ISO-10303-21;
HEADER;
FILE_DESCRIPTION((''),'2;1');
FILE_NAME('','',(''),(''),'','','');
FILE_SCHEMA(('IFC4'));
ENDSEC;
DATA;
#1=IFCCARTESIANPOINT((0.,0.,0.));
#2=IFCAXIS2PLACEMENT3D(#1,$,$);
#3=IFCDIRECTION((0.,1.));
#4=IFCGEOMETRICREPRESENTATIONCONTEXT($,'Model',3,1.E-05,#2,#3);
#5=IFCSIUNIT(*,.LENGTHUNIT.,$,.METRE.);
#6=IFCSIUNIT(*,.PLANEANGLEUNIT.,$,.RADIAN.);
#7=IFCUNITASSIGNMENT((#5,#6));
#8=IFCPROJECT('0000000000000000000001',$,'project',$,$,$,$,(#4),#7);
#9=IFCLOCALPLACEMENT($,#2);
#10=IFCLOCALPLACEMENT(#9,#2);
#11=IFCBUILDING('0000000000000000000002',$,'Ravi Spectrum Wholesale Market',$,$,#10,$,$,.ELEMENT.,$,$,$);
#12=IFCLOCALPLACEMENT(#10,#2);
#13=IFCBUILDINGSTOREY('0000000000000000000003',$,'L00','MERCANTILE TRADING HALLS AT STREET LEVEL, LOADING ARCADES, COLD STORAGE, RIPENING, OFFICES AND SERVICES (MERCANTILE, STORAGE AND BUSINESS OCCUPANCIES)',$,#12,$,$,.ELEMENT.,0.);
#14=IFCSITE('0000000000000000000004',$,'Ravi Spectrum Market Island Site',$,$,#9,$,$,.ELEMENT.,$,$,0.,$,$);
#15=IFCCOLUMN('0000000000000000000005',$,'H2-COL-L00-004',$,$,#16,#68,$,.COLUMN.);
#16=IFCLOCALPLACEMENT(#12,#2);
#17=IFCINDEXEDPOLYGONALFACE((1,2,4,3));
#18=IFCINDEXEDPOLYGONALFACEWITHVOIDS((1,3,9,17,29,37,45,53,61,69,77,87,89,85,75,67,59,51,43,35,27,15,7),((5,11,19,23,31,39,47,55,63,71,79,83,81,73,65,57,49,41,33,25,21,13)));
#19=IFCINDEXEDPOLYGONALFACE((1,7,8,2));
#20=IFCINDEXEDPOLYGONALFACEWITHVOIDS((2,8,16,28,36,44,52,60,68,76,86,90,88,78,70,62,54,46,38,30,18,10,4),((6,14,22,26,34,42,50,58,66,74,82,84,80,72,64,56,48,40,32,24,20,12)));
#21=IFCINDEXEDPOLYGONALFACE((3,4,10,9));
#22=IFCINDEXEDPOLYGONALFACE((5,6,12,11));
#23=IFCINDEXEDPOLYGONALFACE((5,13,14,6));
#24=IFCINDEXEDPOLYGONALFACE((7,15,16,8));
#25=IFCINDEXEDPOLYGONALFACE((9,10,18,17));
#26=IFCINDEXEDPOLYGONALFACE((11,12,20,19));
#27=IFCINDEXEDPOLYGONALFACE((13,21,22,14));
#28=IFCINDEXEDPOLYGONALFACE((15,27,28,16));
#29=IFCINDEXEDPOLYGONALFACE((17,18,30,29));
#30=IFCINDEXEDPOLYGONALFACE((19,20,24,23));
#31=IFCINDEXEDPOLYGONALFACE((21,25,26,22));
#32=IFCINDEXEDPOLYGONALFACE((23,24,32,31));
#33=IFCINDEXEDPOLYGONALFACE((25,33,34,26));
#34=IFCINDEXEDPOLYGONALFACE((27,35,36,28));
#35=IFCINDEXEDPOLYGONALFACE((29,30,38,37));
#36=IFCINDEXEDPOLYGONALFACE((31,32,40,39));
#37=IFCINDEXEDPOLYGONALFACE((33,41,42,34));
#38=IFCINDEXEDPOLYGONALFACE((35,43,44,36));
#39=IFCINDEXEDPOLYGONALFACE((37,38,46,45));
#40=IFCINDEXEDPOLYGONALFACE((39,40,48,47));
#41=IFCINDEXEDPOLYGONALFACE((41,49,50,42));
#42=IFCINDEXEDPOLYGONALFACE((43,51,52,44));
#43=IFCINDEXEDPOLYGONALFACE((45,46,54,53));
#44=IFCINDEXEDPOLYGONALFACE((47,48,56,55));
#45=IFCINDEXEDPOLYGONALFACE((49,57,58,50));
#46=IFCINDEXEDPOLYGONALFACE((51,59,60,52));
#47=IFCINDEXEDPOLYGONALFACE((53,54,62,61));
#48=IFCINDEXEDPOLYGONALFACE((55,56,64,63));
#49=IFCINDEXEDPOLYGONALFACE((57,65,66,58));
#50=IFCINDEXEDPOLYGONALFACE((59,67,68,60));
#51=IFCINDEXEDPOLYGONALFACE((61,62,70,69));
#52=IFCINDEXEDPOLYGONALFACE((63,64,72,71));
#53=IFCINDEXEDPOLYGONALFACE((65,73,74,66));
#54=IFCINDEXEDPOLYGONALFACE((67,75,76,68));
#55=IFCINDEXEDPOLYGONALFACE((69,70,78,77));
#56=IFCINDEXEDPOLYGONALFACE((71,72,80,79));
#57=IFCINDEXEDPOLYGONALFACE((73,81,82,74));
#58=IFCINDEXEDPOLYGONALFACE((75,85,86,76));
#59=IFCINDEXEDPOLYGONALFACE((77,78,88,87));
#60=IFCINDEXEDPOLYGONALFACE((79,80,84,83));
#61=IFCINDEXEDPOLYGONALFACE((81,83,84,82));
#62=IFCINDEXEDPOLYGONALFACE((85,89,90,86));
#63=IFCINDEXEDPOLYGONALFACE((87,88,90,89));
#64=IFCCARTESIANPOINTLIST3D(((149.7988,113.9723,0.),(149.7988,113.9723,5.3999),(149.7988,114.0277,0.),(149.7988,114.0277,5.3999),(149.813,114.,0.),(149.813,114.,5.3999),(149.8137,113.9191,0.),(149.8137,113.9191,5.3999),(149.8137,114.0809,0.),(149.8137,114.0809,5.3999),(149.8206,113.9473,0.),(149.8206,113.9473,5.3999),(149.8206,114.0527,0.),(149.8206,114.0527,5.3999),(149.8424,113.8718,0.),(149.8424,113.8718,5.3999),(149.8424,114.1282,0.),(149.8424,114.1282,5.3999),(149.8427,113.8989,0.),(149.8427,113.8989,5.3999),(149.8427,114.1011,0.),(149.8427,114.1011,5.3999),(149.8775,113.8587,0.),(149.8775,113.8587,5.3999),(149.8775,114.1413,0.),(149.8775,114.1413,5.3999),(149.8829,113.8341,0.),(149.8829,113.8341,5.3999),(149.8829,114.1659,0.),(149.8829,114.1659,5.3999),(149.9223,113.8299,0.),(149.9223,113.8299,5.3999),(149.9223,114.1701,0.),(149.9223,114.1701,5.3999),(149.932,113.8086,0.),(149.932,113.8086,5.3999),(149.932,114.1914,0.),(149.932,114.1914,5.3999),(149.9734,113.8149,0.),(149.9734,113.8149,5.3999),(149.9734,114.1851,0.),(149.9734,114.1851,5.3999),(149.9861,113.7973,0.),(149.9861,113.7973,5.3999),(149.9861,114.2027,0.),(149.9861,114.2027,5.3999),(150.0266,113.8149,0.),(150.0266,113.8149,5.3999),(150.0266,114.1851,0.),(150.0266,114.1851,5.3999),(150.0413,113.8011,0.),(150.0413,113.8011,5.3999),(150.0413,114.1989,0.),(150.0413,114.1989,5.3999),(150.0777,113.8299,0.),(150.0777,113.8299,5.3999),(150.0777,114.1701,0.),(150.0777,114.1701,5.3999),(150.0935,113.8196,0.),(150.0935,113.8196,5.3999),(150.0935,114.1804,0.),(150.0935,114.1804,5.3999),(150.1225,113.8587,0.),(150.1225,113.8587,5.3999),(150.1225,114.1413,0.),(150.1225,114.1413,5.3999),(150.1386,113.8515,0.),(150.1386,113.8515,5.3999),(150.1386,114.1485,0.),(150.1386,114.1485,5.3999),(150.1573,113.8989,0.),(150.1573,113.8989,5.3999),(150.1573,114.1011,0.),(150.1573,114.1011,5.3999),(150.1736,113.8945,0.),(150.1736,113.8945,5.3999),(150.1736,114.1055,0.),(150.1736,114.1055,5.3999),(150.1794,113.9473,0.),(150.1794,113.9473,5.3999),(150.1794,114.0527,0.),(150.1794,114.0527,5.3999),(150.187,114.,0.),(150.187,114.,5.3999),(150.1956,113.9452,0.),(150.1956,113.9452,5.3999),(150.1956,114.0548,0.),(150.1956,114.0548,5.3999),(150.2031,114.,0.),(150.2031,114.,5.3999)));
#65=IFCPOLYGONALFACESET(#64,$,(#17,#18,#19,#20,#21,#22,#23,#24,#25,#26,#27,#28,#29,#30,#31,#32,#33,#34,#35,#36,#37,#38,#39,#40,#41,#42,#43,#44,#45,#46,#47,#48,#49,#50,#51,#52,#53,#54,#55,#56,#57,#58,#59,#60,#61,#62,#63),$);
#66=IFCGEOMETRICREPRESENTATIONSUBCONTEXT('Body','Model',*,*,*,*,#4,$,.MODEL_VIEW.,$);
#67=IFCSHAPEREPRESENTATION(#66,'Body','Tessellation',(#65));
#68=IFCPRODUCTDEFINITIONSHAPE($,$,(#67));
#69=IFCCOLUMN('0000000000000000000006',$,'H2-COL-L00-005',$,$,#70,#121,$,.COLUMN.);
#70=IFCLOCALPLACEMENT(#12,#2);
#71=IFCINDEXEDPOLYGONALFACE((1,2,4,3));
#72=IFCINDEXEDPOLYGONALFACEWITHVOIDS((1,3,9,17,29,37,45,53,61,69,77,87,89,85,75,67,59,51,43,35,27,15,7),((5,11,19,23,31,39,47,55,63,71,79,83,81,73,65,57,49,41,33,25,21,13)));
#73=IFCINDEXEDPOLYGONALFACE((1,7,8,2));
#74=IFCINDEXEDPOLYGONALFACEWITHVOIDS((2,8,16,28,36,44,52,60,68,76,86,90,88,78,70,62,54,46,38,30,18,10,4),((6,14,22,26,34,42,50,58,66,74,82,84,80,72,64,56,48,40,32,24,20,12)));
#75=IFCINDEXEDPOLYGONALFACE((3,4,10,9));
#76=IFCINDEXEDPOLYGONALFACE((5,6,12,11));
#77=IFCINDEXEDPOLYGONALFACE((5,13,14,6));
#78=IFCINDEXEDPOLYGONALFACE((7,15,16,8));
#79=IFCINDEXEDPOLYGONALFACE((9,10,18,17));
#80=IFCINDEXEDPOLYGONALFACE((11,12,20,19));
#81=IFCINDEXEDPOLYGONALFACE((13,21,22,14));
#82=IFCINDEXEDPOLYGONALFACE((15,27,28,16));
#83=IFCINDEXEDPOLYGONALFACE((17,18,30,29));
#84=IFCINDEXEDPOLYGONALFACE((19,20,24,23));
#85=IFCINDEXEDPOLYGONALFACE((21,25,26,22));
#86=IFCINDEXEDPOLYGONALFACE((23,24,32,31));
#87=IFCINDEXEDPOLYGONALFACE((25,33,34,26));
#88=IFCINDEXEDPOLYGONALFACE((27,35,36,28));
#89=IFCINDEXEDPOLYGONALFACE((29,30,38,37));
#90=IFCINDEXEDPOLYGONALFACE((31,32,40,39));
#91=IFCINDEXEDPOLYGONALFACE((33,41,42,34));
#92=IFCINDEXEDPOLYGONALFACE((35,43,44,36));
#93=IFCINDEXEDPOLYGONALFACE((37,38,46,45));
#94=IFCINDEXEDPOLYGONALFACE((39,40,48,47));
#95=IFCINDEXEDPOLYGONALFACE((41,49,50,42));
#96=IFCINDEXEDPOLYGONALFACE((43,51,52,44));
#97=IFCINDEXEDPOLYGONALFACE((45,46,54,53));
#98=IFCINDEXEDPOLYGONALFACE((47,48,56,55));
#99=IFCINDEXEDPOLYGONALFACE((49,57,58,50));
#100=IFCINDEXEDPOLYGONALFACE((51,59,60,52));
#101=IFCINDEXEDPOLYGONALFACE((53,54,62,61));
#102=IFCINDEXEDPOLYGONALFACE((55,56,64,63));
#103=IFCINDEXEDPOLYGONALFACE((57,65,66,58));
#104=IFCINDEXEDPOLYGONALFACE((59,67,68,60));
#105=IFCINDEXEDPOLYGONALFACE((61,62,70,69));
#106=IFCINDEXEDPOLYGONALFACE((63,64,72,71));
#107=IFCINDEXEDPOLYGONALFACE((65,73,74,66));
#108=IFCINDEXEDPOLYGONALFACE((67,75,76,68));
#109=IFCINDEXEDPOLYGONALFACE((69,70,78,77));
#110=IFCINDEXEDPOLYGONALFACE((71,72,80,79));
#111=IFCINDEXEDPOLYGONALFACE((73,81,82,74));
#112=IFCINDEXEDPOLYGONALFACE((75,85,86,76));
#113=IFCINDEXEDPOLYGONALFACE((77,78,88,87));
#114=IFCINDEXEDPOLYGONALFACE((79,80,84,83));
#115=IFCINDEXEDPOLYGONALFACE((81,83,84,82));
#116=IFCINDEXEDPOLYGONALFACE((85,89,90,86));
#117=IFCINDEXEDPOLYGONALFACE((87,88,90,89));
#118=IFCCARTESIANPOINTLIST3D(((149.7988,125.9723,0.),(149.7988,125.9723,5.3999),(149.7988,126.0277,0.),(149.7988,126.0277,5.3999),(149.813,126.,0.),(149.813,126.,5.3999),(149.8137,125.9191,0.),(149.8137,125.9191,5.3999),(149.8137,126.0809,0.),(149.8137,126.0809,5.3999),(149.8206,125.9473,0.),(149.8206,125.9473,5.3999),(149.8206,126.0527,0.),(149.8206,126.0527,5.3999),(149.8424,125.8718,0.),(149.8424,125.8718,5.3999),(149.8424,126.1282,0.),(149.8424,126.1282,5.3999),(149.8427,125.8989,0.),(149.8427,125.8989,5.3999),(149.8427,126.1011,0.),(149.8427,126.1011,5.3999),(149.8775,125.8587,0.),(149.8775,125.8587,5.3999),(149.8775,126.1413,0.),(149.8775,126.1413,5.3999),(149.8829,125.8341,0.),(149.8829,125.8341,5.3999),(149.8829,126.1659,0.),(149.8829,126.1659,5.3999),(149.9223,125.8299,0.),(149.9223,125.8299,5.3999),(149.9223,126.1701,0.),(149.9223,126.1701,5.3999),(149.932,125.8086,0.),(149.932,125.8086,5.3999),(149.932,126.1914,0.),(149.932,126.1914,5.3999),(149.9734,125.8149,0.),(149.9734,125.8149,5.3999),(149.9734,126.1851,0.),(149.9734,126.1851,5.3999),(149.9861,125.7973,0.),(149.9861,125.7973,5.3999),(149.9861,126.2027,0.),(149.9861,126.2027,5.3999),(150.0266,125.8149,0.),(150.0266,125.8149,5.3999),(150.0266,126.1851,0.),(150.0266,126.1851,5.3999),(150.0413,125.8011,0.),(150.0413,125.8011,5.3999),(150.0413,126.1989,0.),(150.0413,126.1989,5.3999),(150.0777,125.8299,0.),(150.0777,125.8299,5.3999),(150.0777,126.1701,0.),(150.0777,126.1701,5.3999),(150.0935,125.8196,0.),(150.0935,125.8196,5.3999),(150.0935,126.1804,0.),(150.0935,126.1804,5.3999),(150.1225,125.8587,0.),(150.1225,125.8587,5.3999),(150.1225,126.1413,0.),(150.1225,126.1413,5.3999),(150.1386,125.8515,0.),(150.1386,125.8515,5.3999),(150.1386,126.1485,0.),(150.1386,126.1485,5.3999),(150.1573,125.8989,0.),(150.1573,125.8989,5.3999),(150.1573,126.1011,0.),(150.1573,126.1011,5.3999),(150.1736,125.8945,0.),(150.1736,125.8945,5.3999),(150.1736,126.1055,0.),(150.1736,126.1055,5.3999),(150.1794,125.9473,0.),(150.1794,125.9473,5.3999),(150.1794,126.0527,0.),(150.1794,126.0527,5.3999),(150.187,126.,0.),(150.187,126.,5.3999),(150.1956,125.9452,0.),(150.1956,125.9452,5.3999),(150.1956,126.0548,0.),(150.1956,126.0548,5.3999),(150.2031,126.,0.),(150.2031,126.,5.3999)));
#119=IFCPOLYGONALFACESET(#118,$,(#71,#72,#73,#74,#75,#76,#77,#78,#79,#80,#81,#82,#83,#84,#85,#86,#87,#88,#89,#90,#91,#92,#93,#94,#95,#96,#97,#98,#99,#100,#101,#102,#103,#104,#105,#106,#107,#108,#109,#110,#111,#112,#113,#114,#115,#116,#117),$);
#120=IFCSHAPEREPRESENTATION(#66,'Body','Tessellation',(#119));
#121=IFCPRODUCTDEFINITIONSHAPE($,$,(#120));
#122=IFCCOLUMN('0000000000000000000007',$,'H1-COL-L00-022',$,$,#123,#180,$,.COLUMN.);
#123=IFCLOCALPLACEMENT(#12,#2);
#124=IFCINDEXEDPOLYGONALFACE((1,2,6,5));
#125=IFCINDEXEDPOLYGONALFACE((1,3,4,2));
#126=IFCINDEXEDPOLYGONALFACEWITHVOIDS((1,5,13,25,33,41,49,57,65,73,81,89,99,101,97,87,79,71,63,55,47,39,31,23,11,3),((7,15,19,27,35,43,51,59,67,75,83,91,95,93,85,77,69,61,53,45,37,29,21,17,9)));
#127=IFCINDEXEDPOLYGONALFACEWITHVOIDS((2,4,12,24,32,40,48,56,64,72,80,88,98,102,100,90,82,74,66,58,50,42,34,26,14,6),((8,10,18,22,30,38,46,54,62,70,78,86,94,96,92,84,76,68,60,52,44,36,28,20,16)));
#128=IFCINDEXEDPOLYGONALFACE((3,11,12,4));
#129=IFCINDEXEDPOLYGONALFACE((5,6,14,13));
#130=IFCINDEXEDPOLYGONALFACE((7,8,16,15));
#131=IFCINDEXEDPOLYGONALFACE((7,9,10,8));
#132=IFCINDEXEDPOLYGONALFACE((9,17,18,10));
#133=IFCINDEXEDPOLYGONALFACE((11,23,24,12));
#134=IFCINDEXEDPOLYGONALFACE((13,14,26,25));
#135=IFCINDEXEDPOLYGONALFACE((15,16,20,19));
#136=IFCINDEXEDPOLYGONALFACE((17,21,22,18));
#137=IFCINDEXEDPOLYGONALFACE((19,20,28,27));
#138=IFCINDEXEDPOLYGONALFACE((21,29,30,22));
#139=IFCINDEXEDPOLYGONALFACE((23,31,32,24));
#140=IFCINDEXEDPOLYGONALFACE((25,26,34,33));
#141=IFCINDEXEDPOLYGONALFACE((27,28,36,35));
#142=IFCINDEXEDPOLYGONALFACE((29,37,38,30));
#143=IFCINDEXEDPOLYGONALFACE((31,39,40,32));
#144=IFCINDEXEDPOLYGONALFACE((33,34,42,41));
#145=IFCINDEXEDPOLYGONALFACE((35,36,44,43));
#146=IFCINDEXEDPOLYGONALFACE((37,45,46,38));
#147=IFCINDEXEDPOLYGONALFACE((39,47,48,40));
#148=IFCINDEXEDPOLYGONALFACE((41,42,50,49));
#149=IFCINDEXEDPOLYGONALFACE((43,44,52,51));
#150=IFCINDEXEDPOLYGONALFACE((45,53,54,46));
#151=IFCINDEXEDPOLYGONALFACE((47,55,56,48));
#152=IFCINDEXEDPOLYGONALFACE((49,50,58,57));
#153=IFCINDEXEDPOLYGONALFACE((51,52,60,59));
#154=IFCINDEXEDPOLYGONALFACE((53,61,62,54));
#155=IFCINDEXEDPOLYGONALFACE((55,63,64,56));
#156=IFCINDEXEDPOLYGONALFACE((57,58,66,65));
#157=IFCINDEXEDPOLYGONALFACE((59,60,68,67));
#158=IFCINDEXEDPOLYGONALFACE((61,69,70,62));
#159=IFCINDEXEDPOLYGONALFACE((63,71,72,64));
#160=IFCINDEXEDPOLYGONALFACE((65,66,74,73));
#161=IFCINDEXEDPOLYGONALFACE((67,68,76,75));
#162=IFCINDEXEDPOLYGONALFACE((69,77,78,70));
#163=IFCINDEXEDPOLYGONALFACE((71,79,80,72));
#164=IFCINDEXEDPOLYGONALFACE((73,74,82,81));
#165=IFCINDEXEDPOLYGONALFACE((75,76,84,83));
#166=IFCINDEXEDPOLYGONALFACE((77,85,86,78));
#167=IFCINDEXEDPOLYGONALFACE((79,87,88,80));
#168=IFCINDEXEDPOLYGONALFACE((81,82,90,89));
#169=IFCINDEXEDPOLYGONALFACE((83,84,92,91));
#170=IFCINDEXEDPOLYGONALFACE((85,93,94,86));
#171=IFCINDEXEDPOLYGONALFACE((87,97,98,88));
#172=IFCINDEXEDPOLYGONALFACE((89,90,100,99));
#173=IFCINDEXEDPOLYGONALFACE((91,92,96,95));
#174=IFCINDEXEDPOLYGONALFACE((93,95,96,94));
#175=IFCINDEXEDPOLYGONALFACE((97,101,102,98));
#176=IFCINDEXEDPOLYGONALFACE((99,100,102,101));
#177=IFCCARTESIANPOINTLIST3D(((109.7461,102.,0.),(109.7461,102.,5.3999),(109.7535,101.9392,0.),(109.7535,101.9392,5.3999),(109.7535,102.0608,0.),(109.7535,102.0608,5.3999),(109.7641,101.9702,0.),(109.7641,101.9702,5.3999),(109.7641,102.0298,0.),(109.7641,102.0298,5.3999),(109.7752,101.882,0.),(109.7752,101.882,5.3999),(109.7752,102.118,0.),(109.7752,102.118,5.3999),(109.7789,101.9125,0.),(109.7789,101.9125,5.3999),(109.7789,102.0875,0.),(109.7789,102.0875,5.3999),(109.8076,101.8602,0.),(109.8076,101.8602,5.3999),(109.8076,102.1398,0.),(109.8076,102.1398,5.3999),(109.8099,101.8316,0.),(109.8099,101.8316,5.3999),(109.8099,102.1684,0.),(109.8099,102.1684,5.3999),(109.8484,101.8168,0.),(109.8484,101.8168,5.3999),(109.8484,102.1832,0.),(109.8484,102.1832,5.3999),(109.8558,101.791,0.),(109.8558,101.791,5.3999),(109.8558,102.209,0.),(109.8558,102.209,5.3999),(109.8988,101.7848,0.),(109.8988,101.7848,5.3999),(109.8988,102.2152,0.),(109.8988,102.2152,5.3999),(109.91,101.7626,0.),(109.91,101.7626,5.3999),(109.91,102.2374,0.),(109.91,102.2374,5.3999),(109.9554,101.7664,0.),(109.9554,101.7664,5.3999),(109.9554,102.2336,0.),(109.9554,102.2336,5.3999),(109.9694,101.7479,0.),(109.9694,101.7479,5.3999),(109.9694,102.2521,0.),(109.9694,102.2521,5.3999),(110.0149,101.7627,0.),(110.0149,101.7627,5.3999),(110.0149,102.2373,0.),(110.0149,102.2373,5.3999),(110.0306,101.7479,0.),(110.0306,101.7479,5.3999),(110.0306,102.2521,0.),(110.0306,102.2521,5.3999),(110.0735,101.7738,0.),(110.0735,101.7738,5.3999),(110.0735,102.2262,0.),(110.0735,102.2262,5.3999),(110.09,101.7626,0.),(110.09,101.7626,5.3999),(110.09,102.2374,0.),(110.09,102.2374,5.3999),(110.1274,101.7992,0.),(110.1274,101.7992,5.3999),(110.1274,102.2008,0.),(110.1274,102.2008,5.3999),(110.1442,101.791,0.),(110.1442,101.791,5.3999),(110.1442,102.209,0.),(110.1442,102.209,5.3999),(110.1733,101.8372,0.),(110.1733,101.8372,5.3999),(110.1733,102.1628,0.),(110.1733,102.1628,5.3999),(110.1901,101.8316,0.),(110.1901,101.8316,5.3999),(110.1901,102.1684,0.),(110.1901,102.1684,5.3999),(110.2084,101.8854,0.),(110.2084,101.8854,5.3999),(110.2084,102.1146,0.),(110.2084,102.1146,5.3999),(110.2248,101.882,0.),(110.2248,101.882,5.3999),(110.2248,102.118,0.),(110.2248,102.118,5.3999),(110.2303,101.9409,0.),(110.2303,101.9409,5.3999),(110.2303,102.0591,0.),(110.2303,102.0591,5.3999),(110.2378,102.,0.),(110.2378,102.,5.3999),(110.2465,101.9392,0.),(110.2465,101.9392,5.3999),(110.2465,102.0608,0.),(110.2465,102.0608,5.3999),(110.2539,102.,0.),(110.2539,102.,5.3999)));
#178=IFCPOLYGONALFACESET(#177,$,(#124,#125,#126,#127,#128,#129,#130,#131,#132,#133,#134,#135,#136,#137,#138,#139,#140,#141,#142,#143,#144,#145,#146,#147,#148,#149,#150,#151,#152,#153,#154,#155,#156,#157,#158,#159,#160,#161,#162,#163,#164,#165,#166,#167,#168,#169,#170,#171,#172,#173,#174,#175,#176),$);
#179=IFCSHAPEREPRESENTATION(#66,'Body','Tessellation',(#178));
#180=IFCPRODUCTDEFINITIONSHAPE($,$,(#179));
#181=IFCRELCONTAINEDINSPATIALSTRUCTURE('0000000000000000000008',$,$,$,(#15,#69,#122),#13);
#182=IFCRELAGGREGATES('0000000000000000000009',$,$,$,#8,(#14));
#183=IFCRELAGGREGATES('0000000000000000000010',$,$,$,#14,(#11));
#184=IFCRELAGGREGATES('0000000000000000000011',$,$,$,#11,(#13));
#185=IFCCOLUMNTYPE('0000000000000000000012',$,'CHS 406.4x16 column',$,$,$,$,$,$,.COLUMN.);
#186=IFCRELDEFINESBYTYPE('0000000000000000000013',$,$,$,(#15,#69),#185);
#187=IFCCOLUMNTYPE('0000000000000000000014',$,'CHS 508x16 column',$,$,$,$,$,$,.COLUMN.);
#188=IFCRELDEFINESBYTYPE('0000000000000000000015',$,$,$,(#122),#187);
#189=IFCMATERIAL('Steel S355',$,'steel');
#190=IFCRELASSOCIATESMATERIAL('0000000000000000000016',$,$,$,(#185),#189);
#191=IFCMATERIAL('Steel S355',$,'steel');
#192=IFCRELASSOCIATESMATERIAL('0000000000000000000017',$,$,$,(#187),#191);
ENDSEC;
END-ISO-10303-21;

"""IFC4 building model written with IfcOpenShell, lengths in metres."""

from ifc_helpers import new_model, si_unit, direction, frame, origin, origin_2d, place, context, subcontext, project, spatial, hollow_circle, extrude, material, material_profile, profile_set, type_object, element, save


model = new_model("IFC4")

# Units and contexts
model_context = context("Model", 3, precision=1e-05, world=origin(), true_north=direction((0.0, 1.0)))
body_context = subcontext(model_context, "Body", "Model", "MODEL_VIEW")
ifc_project = project(units=[si_unit("LENGTHUNIT", "METRE"), si_unit("PLANEANGLEUNIT", "RADIAN")], contexts=[model_context])

# Site, building, storey
site_placement = place(None, origin())
site = spatial("IfcSite", under=ifc_project, at=site_placement, Name="Ravi Spectrum Market Island Site", CompositionType="ELEMENT", RefElevation=0.0)
building_placement = place(site_placement, origin())
building = spatial("IfcBuilding", under=site, at=building_placement, Name="Ravi Spectrum Wholesale Market", CompositionType="ELEMENT")
storey_placement = place(building_placement, origin())
storey = spatial("IfcBuildingStorey", under=building, at=storey_placement, Name="L00", Description="MERCANTILE TRADING HALLS AT STREET LEVEL, LOADING ARCADES, COLD STORAGE, RIPENING, OFFICES AND SERVICES (MERCANTILE, STORAGE AND BUSINESS OCCUPANCIES)", CompositionType="ELEMENT", Elevation=0.0)

# Columns
ifc_material_1 = material(Name="Steel S355", Category="steel")
ifc_material_profile_1 = material_profile(ifc_material_1, hollow_circle(Radius=0.2031, WallThickness=0.0161, at=origin_2d()))
ifc_profile_set_1 = profile_set([ifc_material_profile_1], Name="Steel S355")
column_type_1 = type_object("IfcColumnType", Name="CHS 406.4x16 column", PredefinedType="COLUMN", material=ifc_profile_set_1)
for number, where, z_axis, x_axis, name in (
    (1, (150.0, 114.0, 0.0), (0.0, 0.0, 1.0), (1.0, 0.0, 0.0), "H2-COL-L00-004"),
    (2, (150.0, 126.0, 0.0), (0.0, 0.0, 1.0), (1.0, 0.0, 0.0), "H2-COL-L00-005"),
):
    element("IfcColumn", number, at=place(storey_placement, frame(where, z_axis=z_axis, x_axis=x_axis)), inside=storey, type_object=column_type_1, Name=name, PredefinedType="COLUMN", context=body_context, shape_type="SweptSolid", body=[
        extrude(hollow_circle(Radius=0.2031, WallThickness=0.0161, at=origin_2d()), origin(), (0.0, 0.0, 1.0), 5.3999),
    ])
ifc_material_2 = material(Name="Steel S355", Category="steel")
ifc_material_profile_2 = material_profile(ifc_material_2, hollow_circle(Radius=0.2539, WallThickness=0.0161, at=origin_2d()))
ifc_profile_set_2 = profile_set([ifc_material_profile_2], Name="Steel S355")
column_type_2 = type_object("IfcColumnType", Name="CHS 508x16 column", PredefinedType="COLUMN", material=ifc_profile_set_2)
for number, where, z_axis, x_axis, name in (
    (3, (110.0, 102.0, 0.0), (0.0, 0.0, 1.0), (1.0, 0.0, 0.0), "H1-COL-L00-022"),
):
    element("IfcColumn", number, at=place(storey_placement, frame(where, z_axis=z_axis, x_axis=x_axis)), inside=storey, type_object=column_type_2, Name=name, PredefinedType="COLUMN", context=body_context, shape_type="SweptSolid", body=[
        extrude(hollow_circle(Radius=0.2539, WallThickness=0.0161, at=origin_2d()), origin(), (0.0, 0.0, 1.0), 5.3999),
    ])

save(model, "model.ifc")
